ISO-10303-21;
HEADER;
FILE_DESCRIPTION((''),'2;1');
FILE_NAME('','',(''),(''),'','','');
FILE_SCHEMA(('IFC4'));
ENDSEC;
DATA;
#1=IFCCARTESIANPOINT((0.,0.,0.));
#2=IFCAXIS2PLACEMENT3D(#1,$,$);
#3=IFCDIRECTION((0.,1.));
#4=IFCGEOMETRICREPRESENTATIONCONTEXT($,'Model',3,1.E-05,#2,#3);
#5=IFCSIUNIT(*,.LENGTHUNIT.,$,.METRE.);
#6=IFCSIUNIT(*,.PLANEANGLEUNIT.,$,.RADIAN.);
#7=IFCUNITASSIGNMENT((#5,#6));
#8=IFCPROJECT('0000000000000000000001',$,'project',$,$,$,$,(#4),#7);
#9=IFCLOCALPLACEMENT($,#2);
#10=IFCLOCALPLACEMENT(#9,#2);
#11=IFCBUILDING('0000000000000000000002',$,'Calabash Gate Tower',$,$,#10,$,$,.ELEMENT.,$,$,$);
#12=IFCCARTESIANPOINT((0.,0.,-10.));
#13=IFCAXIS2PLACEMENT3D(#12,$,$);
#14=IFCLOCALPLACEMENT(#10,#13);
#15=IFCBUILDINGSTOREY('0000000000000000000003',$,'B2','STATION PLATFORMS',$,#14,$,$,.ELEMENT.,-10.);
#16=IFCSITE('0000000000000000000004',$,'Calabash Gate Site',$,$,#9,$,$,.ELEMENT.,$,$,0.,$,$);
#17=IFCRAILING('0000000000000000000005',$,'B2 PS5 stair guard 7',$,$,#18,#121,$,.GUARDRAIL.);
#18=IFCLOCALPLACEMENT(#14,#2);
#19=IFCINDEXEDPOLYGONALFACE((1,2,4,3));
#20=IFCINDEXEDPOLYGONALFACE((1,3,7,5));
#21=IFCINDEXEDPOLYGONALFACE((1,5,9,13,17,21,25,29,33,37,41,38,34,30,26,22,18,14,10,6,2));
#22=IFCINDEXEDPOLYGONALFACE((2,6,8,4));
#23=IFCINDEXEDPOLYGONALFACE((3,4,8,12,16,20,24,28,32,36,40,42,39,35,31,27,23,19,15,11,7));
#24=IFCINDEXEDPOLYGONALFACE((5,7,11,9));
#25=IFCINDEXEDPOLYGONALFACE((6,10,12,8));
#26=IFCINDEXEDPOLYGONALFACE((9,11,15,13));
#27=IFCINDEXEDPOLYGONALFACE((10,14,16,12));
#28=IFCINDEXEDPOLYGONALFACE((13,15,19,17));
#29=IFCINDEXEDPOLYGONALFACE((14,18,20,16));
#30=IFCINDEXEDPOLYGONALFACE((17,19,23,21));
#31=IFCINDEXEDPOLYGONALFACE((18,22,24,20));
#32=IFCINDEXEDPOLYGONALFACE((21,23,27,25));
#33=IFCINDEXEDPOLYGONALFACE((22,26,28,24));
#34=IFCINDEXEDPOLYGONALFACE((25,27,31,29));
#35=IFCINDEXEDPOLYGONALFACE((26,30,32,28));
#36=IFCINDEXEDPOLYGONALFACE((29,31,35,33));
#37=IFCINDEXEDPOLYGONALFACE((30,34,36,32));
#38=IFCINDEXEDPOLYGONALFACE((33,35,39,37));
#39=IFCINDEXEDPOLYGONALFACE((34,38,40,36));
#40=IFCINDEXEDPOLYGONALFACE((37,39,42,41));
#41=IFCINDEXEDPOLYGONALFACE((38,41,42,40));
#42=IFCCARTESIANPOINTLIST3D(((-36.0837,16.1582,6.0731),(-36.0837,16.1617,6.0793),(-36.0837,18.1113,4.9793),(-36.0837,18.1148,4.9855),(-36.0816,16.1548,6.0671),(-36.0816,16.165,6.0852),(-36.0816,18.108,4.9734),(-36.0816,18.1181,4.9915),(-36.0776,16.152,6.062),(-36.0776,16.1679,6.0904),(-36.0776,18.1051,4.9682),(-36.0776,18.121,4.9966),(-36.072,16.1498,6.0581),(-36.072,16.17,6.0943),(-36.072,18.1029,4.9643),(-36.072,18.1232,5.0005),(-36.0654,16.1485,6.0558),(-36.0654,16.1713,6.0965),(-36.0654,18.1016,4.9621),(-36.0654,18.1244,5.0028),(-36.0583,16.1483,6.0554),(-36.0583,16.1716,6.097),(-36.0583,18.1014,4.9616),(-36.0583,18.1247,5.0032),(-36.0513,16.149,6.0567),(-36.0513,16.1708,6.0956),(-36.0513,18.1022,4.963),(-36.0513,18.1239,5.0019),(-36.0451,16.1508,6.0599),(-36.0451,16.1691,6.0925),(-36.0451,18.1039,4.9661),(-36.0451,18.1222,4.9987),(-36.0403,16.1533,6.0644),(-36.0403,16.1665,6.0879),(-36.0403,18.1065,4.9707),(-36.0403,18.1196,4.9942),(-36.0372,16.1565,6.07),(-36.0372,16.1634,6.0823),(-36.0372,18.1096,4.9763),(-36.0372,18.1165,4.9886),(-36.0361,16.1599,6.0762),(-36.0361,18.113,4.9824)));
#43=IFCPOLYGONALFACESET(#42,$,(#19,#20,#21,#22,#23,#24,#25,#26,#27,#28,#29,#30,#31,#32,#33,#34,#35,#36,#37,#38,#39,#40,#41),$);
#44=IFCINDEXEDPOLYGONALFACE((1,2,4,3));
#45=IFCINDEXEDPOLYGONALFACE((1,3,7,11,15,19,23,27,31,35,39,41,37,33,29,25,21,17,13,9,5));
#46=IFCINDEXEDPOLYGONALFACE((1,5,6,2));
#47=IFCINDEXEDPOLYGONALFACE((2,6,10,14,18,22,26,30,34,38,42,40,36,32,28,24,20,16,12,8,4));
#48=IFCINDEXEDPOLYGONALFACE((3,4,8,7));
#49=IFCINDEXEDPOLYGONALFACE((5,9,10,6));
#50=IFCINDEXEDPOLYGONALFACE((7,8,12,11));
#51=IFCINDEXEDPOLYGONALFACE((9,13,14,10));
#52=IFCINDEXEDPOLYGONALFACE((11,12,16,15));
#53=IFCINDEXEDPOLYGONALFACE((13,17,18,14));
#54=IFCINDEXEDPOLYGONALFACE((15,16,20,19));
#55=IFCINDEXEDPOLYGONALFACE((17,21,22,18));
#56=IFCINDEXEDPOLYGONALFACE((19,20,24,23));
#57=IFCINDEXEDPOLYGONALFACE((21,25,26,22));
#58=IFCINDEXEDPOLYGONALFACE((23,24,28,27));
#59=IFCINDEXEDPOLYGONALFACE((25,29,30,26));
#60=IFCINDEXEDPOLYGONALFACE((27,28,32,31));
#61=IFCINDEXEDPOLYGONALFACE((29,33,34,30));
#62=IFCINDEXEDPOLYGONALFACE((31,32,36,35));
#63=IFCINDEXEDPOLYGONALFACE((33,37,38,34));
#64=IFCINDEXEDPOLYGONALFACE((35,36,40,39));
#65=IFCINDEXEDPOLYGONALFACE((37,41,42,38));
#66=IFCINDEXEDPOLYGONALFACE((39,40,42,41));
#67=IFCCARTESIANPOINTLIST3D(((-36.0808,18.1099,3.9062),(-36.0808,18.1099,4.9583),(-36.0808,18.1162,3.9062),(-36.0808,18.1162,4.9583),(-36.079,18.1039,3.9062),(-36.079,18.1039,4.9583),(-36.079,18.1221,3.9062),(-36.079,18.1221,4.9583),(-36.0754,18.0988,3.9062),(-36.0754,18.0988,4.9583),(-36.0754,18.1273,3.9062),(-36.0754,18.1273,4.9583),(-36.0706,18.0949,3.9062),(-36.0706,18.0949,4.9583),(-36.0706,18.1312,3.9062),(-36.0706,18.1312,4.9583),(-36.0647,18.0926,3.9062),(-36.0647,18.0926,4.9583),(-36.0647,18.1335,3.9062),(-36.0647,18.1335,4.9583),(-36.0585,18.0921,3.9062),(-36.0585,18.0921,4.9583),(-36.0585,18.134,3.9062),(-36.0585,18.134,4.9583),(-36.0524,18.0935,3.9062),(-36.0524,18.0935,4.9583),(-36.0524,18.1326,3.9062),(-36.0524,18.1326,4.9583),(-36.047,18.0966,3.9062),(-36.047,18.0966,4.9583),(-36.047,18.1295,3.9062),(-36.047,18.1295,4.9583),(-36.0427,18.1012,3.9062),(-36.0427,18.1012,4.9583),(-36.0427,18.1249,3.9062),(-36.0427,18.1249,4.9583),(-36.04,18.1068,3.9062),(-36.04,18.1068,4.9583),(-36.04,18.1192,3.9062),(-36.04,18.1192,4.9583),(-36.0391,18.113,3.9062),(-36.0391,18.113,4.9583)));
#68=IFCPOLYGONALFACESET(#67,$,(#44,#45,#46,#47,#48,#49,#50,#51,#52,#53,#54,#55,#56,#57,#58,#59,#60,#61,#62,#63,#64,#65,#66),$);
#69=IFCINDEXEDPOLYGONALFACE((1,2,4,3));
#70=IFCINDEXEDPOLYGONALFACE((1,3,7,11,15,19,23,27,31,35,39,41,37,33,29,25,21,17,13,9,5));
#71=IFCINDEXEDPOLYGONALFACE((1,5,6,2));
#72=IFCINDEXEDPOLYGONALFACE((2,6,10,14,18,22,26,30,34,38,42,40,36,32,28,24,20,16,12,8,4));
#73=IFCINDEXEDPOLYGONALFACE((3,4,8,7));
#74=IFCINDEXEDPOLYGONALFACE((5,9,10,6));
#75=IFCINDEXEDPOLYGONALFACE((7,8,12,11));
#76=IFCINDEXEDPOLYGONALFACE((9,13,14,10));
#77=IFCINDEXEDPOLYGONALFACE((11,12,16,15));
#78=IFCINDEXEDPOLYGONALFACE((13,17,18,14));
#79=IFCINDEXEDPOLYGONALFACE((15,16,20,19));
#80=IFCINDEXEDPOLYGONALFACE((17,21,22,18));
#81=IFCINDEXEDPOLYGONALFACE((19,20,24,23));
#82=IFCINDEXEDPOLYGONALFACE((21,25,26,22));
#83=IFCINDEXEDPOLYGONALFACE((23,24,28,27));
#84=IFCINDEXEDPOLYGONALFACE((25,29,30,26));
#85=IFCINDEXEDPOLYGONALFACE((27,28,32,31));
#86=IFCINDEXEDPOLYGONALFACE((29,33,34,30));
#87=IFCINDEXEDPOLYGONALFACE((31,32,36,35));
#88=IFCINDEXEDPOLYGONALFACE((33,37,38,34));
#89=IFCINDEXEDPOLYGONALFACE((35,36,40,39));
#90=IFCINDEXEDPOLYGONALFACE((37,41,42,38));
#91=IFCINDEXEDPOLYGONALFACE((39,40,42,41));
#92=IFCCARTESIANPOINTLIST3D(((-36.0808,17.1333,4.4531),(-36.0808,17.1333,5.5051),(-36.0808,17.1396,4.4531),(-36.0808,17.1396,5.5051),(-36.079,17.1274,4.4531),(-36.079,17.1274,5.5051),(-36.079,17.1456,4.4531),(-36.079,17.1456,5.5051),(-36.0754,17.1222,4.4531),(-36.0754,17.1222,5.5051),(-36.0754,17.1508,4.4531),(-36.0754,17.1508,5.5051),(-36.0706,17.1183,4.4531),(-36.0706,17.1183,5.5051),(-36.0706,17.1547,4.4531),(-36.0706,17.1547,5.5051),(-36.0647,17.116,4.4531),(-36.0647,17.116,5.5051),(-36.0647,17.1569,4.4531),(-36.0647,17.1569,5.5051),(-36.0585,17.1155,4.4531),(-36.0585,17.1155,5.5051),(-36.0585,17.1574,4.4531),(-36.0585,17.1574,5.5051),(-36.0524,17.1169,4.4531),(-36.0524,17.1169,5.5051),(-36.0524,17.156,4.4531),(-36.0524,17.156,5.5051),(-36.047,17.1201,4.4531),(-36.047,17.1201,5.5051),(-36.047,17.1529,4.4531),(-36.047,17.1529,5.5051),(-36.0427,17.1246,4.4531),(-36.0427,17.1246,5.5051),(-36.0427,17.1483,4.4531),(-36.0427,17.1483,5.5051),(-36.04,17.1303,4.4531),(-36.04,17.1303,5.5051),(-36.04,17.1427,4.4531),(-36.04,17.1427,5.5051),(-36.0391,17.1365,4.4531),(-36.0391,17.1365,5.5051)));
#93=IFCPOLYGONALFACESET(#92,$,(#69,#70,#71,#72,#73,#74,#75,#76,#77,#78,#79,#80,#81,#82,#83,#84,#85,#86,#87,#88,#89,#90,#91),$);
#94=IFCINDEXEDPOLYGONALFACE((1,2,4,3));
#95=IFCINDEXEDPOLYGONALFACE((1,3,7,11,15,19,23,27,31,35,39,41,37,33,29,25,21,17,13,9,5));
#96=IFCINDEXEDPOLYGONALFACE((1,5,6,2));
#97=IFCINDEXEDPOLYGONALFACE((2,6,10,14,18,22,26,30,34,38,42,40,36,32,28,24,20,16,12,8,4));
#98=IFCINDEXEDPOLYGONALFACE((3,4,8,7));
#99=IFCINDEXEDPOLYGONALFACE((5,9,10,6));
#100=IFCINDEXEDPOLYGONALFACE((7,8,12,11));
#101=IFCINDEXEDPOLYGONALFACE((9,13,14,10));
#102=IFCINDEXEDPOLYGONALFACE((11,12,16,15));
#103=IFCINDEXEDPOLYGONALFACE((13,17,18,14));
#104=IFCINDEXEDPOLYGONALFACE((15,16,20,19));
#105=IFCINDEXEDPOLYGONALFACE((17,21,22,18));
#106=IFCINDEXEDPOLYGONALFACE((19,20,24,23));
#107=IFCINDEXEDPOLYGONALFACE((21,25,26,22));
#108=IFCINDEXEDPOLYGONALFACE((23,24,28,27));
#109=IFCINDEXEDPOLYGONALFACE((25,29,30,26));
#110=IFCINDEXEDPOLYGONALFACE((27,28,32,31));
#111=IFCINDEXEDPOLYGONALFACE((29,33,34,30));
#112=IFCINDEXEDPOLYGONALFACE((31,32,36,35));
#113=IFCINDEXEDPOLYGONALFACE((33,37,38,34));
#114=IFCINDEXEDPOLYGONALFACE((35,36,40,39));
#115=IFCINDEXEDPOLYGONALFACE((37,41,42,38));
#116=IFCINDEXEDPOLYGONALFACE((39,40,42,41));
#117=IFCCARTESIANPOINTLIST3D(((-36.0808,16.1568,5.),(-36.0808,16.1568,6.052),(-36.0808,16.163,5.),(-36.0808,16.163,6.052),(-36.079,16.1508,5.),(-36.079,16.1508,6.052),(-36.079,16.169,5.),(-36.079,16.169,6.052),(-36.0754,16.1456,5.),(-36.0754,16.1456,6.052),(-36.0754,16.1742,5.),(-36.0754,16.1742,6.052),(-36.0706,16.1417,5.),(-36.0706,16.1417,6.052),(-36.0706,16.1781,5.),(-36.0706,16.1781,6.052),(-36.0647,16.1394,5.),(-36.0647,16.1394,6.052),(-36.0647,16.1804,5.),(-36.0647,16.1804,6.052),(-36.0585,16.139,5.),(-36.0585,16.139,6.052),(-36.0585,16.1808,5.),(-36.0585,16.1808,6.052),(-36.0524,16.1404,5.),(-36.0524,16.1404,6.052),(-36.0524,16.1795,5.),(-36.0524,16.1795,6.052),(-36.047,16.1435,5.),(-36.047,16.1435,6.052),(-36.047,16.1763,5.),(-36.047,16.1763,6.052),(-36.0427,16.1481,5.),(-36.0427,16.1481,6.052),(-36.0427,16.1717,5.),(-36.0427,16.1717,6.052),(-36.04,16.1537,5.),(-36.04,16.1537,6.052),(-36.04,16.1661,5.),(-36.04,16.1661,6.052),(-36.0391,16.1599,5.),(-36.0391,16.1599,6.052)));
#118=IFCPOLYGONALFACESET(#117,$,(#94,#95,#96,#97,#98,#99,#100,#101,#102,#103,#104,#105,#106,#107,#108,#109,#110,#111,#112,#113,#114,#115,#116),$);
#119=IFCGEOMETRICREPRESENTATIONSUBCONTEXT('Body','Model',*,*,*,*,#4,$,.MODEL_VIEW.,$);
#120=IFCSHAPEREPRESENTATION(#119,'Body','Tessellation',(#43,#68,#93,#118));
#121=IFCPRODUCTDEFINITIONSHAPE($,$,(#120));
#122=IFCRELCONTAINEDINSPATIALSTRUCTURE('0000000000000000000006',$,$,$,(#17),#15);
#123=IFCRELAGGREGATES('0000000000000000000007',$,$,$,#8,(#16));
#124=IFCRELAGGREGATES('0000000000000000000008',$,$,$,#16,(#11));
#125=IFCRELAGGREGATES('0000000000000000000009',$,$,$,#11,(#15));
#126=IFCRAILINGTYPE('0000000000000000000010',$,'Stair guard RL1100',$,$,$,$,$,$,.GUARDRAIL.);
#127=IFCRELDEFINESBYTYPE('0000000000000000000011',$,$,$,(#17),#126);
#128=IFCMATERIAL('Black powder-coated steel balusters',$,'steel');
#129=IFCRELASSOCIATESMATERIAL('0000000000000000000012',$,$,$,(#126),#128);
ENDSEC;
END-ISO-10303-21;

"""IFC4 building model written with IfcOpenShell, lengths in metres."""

from ifc_helpers import new_model, si_unit, direction, frame, origin, origin_2d, place, context, subcontext, project, spatial, circle, extrude, material, type_object, element, save


model = new_model("IFC4")

# Units and contexts
model_context = context("Model", 3, precision=1e-05, world=origin(), true_north=direction((0.0, 1.0)))
body_context = subcontext(model_context, "Body", "Model", "MODEL_VIEW")
ifc_project = project(units=[si_unit("LENGTHUNIT", "METRE"), si_unit("PLANEANGLEUNIT", "RADIAN")], contexts=[model_context])

# Site, building, storey
site_placement = place(None, origin())
site = spatial("IfcSite", under=ifc_project, at=site_placement, Name="Calabash Gate Site", CompositionType="ELEMENT", RefElevation=0.0)
building_placement = place(site_placement, origin())
building = spatial("IfcBuilding", under=site, at=building_placement, Name="Calabash Gate Tower", CompositionType="ELEMENT")
storey_placement = place(building_placement, frame((0.0, 0.0, -10.0)))
storey = spatial("IfcBuildingStorey", under=building, at=storey_placement, Name="B2", Description="STATION PLATFORMS", CompositionType="ELEMENT", Elevation=-10.0)

# Railing
ifc_material_1 = material(Name="Black powder-coated steel balusters", Category="steel")
railing_type_1 = type_object("IfcRailingType", Name="Stair guard RL1100", PredefinedType="GUARDRAIL", material=ifc_material_1)
for number, where, name in (
    (1, (-36.0601, 18.113, 3.9062), "B2 PS5 stair guard 7"),
):
    element("IfcRailing", number, at=place(storey_placement, frame(where)), inside=storey, type_object=railing_type_1, Name=name, PredefinedType="GUARDRAIL", context=body_context, shape_type="SweptSolid", body=[
        extrude(circle(Radius=0.0239, at=origin_2d()), frame((0.0, 0.0, 1.0762), z_axis=(0.0, -0.872506, 0.488603), x_axis=(1.0, 0.0, 0.0)), (0.0, 0.0, 1.0), 2.2385),
        extrude(circle(Radius=0.021, at=origin_2d()), origin(), (0.0, 0.0, 1.0), 1.052),
        extrude(circle(Radius=0.021, at=origin_2d()), frame((0.0, -0.9766, 0.5469)), (0.0, 0.0, 1.0), 1.052),
        extrude(circle(Radius=0.021, at=origin_2d()), frame((0.0, -1.9531, 1.0938)), (0.0, 0.0, 1.0), 1.052),
    ])

save(model, "model.ifc")
